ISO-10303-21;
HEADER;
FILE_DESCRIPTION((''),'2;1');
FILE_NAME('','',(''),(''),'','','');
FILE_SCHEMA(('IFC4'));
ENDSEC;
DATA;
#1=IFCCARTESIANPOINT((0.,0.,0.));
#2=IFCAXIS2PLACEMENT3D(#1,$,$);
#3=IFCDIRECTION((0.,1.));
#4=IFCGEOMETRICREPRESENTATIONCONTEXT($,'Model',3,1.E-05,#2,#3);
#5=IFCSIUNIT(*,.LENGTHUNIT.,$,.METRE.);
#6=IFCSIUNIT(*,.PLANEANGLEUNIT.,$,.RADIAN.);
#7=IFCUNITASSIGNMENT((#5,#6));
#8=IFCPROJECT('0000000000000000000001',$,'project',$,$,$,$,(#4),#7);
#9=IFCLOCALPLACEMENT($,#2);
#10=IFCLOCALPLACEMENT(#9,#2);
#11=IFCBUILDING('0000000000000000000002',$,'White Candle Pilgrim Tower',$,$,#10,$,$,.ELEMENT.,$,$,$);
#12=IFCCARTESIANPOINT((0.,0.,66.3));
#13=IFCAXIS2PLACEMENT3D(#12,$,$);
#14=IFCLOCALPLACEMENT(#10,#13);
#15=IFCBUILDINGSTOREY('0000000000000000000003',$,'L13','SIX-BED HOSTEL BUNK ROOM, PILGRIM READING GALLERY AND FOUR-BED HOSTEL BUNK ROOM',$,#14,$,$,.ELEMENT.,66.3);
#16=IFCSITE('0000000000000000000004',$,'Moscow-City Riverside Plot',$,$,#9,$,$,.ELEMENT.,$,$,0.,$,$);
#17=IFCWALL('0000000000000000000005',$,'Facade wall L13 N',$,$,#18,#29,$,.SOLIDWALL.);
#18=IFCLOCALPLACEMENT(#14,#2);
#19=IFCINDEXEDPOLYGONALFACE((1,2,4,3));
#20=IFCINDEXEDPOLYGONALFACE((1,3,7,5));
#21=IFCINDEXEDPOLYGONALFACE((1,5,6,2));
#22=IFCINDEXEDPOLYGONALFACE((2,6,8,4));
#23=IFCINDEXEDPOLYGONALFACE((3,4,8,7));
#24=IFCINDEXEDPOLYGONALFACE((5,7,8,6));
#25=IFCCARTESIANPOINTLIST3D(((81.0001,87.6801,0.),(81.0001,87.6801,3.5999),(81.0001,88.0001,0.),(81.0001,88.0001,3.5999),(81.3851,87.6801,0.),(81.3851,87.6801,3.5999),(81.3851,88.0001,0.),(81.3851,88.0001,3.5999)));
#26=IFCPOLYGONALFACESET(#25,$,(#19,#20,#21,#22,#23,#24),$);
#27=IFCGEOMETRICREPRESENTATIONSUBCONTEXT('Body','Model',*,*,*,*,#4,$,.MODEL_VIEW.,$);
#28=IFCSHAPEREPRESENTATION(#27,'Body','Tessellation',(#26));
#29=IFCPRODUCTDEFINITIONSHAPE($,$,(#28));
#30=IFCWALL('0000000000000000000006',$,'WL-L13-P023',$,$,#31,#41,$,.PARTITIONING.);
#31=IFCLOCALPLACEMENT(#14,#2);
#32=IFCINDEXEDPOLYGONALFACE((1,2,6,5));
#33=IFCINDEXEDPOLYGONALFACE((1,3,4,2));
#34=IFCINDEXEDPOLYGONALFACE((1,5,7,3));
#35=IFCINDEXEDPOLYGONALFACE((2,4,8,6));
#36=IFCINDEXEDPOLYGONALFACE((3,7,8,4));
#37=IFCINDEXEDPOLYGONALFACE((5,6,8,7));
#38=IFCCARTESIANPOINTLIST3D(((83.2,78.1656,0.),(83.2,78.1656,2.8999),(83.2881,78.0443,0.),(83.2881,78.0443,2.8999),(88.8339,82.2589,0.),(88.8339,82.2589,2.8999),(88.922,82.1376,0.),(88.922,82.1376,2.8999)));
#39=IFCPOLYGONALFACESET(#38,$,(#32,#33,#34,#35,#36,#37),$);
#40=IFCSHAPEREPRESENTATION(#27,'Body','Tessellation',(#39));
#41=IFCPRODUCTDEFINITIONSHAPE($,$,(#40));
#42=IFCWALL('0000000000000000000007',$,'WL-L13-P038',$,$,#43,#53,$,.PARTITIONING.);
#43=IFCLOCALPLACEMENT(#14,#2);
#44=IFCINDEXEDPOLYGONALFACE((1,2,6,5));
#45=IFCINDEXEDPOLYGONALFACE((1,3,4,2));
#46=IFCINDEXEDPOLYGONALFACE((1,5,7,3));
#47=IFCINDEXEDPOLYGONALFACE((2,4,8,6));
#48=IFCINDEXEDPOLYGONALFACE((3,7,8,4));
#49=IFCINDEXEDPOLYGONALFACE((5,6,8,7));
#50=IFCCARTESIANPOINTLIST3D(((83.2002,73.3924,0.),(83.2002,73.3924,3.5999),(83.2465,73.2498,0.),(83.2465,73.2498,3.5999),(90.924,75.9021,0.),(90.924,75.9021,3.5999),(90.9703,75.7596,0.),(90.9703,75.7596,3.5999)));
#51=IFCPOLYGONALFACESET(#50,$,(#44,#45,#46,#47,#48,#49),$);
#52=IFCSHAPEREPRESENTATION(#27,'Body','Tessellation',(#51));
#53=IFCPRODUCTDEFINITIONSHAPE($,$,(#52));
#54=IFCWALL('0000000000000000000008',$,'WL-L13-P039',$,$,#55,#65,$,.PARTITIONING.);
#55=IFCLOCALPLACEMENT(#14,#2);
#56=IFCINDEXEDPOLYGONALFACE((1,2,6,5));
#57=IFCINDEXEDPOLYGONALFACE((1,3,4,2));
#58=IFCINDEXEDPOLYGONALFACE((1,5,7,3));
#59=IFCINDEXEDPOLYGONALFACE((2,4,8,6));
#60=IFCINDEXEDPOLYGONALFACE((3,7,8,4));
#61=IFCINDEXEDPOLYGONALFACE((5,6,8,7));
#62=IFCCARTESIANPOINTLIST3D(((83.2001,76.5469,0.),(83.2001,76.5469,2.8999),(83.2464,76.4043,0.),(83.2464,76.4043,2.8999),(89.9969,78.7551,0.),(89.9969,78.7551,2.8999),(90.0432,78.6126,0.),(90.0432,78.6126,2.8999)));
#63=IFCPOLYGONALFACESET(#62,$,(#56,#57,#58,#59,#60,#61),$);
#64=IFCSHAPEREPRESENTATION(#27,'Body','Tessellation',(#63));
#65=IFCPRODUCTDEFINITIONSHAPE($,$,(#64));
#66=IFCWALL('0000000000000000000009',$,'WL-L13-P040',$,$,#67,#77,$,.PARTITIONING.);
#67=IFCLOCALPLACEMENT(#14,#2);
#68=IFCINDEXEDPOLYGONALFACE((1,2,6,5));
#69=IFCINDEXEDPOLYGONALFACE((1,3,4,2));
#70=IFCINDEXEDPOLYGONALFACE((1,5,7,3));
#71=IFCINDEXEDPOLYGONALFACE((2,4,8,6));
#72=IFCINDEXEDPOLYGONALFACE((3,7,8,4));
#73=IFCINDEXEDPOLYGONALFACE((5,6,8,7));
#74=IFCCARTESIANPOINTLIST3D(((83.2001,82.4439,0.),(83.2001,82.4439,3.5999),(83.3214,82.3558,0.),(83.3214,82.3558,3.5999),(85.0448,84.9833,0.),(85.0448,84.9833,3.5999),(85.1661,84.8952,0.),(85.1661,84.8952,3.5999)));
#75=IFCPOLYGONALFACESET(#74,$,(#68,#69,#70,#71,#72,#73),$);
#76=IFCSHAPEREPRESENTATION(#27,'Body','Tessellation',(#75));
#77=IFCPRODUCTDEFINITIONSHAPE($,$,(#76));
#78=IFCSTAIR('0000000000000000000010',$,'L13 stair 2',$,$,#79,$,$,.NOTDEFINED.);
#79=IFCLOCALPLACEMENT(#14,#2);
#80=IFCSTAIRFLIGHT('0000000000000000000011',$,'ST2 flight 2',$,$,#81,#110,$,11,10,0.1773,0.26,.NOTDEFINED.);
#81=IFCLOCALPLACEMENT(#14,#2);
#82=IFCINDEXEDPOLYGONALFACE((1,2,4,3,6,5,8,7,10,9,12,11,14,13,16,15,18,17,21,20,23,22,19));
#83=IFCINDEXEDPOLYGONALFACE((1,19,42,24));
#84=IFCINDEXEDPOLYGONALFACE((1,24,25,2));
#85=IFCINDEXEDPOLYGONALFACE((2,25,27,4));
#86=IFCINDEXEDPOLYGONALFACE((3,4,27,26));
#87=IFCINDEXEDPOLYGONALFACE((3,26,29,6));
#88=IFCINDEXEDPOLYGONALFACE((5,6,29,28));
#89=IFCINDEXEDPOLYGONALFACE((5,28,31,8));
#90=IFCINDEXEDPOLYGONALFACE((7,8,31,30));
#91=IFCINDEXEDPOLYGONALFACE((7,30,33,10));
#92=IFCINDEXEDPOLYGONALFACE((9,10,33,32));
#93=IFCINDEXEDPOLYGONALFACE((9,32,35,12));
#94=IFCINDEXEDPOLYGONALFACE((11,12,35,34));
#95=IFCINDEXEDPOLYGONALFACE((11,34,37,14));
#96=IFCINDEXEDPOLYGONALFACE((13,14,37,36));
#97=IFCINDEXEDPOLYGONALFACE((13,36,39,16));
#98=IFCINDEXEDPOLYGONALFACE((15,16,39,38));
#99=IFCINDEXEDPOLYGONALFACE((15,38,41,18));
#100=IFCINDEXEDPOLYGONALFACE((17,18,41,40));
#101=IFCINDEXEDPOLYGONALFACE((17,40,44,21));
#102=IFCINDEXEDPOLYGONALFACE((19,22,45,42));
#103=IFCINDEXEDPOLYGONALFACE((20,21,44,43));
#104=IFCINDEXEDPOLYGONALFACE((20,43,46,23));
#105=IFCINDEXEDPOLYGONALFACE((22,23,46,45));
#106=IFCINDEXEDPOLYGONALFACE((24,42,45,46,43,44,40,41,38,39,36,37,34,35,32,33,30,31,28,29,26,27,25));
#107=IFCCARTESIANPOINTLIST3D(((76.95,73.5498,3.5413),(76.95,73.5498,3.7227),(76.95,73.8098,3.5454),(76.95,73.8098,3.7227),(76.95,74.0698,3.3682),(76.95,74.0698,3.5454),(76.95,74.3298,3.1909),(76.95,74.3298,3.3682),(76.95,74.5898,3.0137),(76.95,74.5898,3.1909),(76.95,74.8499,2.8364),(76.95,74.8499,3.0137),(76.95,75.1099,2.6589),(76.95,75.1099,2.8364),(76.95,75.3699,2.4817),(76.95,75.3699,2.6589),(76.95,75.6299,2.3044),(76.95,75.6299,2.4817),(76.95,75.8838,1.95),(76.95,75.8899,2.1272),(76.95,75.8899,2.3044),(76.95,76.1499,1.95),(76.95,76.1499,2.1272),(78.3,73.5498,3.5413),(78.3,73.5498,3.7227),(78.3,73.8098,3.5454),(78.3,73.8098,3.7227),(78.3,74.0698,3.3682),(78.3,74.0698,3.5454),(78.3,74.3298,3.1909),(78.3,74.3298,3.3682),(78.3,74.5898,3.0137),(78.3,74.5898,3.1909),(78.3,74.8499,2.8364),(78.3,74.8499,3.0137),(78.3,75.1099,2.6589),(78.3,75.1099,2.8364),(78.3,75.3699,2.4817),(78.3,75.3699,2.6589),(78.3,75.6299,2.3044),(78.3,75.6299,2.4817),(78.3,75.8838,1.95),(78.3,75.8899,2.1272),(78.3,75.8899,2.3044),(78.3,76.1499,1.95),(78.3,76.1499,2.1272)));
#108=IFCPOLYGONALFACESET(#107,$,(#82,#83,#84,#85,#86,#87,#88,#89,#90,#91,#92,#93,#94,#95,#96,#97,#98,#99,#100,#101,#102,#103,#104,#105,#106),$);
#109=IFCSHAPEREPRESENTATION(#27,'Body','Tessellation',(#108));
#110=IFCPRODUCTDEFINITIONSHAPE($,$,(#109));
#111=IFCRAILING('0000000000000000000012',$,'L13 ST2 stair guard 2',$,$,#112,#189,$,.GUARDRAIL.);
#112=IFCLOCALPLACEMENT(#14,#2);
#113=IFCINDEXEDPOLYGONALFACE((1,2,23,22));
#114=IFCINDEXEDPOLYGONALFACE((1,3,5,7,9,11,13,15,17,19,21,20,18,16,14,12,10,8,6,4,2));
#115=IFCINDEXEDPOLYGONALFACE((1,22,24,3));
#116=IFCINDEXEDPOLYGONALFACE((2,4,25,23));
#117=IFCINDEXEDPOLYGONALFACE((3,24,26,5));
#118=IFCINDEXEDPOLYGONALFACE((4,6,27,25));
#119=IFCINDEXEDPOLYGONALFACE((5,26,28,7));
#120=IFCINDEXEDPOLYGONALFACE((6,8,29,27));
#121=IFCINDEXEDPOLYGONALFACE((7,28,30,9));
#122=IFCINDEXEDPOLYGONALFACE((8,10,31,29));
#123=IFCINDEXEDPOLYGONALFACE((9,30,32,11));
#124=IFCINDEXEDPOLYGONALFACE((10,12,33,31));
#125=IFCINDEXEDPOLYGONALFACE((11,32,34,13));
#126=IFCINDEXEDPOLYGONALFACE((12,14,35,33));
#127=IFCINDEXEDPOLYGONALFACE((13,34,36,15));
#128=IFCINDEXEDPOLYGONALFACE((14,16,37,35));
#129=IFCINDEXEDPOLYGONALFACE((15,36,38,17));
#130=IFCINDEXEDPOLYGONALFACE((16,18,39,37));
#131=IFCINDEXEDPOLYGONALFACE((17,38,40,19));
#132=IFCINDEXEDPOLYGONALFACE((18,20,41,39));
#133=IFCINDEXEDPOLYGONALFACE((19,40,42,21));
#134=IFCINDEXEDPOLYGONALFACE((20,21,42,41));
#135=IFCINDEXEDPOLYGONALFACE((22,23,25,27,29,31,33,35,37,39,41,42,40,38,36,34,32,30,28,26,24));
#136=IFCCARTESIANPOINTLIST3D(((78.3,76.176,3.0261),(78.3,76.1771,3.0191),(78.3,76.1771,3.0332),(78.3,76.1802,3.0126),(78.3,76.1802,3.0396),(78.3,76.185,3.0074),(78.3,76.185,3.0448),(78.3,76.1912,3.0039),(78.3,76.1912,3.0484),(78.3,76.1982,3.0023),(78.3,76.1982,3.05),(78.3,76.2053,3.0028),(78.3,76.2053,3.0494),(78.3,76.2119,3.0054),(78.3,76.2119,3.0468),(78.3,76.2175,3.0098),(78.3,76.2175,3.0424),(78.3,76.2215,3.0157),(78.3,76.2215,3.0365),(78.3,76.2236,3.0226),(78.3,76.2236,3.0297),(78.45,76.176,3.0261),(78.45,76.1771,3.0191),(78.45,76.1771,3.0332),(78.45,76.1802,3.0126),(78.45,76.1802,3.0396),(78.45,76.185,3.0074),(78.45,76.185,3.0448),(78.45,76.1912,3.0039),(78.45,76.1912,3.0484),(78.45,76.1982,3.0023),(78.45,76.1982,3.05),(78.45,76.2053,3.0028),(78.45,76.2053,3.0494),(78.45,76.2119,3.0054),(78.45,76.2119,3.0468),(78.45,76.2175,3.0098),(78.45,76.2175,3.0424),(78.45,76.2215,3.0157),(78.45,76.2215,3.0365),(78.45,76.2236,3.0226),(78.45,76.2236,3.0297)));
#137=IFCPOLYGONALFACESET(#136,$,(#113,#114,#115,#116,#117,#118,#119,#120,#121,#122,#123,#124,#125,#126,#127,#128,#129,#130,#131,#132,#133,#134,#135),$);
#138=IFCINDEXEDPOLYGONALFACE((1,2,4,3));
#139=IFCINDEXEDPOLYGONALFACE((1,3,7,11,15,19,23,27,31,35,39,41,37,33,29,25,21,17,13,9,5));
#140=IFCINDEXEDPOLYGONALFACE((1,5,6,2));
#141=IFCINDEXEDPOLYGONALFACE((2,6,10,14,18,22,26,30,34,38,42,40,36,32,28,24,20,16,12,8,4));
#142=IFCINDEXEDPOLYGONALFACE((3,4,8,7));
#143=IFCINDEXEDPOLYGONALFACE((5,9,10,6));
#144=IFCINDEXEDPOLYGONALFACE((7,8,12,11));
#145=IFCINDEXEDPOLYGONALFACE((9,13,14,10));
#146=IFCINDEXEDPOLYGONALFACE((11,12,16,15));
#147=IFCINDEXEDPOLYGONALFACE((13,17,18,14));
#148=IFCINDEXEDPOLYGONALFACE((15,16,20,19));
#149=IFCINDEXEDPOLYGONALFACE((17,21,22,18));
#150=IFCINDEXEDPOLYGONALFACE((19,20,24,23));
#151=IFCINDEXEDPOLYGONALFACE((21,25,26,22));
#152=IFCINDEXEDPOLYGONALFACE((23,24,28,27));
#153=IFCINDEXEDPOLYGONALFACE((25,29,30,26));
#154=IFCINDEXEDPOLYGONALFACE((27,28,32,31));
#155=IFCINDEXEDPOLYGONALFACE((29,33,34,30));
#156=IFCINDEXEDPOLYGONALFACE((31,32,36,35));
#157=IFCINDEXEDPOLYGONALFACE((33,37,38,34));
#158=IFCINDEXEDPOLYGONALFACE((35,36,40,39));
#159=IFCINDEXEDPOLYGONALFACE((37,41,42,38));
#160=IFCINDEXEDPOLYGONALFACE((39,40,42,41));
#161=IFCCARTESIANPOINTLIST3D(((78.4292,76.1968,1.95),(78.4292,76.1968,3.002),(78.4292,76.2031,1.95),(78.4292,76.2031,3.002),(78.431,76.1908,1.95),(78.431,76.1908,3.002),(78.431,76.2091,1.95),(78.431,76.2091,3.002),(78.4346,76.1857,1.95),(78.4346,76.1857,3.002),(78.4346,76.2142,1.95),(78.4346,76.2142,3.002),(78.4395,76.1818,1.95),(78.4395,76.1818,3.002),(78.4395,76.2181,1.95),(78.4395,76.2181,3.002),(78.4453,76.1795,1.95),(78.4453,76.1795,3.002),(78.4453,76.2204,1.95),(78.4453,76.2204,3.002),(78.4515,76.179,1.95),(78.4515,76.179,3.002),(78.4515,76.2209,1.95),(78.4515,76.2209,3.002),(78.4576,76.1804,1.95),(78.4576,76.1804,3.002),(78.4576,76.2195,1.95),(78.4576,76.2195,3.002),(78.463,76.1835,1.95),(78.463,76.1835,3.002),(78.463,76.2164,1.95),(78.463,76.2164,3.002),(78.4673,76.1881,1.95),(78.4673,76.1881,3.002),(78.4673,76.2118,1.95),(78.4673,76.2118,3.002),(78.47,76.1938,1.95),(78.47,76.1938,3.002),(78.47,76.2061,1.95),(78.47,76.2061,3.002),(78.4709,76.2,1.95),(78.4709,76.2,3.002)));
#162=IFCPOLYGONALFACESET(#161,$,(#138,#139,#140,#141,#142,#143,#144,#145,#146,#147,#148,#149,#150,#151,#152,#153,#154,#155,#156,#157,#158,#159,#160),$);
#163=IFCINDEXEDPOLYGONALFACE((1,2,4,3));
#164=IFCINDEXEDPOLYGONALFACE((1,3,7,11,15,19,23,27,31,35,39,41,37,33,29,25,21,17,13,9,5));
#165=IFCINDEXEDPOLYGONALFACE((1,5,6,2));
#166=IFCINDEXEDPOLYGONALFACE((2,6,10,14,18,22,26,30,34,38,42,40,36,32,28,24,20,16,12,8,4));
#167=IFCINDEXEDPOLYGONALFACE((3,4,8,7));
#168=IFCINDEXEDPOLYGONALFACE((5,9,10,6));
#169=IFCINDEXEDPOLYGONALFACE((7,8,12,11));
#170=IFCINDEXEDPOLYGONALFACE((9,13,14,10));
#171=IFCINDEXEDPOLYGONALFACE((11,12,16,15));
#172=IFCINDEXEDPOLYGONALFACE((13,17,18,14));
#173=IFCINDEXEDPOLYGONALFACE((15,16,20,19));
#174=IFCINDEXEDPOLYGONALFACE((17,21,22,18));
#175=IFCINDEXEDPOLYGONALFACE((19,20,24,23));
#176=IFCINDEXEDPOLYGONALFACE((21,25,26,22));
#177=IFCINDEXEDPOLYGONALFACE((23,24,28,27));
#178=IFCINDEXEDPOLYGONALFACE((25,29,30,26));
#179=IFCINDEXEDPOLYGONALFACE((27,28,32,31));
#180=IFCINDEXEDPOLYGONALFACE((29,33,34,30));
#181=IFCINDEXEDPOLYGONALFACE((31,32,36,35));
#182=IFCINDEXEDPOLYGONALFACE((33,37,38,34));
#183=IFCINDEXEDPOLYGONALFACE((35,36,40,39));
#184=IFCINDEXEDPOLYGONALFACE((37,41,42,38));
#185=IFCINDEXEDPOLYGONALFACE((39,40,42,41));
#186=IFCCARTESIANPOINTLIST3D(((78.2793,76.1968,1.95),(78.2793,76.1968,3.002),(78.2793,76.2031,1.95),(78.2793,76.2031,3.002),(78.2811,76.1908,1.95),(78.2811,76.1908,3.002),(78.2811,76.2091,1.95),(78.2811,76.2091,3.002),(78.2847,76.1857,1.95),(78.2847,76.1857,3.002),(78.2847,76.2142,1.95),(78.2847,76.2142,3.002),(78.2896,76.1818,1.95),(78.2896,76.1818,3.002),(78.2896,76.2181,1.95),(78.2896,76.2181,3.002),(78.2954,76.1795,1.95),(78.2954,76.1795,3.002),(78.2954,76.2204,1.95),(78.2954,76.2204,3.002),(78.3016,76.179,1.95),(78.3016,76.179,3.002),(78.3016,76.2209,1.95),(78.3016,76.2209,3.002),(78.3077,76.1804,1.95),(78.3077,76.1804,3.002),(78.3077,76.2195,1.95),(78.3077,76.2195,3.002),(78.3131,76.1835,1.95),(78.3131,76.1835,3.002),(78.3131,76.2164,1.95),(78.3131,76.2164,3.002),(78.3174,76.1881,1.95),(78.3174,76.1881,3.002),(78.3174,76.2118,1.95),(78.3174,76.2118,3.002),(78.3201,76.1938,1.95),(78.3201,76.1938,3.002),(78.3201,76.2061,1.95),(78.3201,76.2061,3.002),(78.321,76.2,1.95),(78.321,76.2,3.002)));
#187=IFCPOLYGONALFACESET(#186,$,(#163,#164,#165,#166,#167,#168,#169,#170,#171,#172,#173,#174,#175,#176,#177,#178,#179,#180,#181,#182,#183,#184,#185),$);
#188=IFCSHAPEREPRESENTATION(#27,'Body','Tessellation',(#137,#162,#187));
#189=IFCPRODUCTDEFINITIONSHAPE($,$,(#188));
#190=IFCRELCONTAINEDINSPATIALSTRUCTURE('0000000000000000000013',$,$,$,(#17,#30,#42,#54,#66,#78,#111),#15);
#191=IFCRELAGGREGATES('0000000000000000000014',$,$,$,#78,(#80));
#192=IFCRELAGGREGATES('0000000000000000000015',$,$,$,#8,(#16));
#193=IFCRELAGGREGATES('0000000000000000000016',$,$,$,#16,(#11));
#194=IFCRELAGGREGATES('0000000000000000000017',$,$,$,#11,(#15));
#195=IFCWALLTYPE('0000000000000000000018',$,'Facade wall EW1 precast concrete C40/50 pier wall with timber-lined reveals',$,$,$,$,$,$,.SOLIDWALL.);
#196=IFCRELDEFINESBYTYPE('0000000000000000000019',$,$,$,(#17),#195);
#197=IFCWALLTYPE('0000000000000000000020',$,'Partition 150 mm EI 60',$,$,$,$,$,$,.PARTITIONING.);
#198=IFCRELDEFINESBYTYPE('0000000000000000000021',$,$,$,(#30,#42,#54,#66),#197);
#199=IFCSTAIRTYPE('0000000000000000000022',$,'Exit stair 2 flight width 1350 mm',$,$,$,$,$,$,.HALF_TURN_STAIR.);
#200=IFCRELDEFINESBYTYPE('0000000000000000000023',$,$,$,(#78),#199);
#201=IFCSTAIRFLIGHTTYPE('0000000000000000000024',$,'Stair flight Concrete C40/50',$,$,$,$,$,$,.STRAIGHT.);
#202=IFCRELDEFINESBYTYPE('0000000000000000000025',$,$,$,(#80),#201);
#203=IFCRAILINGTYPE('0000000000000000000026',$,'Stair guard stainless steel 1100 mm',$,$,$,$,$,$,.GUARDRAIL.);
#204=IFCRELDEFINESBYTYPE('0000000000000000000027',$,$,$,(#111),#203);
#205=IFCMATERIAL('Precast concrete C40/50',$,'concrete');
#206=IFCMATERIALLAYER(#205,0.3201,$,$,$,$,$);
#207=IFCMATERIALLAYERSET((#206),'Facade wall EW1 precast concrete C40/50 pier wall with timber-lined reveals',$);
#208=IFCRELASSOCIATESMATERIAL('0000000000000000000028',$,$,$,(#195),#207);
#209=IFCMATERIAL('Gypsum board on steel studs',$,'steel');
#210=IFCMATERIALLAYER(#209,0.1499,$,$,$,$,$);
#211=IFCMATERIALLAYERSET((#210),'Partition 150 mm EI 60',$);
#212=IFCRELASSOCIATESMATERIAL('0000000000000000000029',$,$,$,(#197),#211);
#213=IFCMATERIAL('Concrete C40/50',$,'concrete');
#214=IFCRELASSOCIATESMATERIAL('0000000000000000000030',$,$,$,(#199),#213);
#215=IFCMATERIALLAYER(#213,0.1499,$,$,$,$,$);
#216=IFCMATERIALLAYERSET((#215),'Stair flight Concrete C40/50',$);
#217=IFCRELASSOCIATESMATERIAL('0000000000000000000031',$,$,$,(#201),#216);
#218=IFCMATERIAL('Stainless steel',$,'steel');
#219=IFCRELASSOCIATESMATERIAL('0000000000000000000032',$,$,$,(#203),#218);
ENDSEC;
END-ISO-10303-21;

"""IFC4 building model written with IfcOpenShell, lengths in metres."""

from ifc_helpers import new_model, si_unit, direction, frame, frame_2d, origin, origin_2d, place, context, subcontext, project, spatial, polyline, rectangle, circle, outline, extrude, material, layer, layer_set, type_object, element, aggregate, save


model = new_model("IFC4")

# Units and contexts
model_context = context("Model", 3, precision=1e-05, world=origin(), true_north=direction((0.0, 1.0)))
body_context = subcontext(model_context, "Body", "Model", "MODEL_VIEW")
ifc_project = project(units=[si_unit("LENGTHUNIT", "METRE"), si_unit("PLANEANGLEUNIT", "RADIAN")], contexts=[model_context])

# Site, building, storey
site_placement = place(None, origin())
site = spatial("IfcSite", under=ifc_project, at=site_placement, Name="Moscow-City Riverside Plot", CompositionType="ELEMENT", RefElevation=0.0)
building_placement = place(site_placement, origin())
building = spatial("IfcBuilding", under=site, at=building_placement, Name="White Candle Pilgrim Tower", CompositionType="ELEMENT")
storey_placement = place(building_placement, frame((0.0, 0.0, 66.3)))
storey = spatial("IfcBuildingStorey", under=building, at=storey_placement, Name="L13", Description="SIX-BED HOSTEL BUNK ROOM, PILGRIM READING GALLERY AND FOUR-BED HOSTEL BUNK ROOM", CompositionType="ELEMENT", Elevation=66.3)

# Shared definitions
ifc_material_1 = material(Name="Gypsum board on steel studs", Category="steel")

# Shared definitions
ifc_material_2 = material(Name="Precast concrete C40/50", Category="concrete")
ifc_layer_1 = layer(ifc_material_2, 0.3201)
ifc_layer_set_1 = layer_set([ifc_layer_1], Name="Facade wall EW1 precast concrete C40/50 pier wall with timber-lined reveals")
wall_type_1 = type_object("IfcWallType", Name="Facade wall EW1 precast concrete C40/50 pier wall with timber-lined reveals", PredefinedType="SOLIDWALL", material=ifc_layer_set_1)

# Walls
wall_1_placement = place(storey_placement, frame((81.385, 87.8401, 0.0), z_axis=(0.0, 0.0, 1.0), x_axis=(-1.0, 0.0, 0.0)))
element("IfcWall", 1, at=wall_1_placement, inside=storey, type_object=wall_type_1, Name="Facade wall L13 N", PredefinedType="SOLIDWALL", context=body_context, shape_type="SweptSolid", body=[
    extrude(rectangle(XDim=0.385, YDim=0.3201, at=frame_2d((0.1924, 0.0))), origin(), (0.0, 0.0, 1.0), 3.5999),
])
ifc_layer_2 = layer(ifc_material_1, 0.1499)
ifc_layer_set_2 = layer_set([ifc_layer_2], Name="Partition 150 mm EI 60")
wall_type_2 = type_object("IfcWallType", Name="Partition 150 mm EI 60", PredefinedType="PARTITIONING", material=ifc_layer_set_2)
wall_2_placement = place(storey_placement, frame((88.8779, 82.1982, 0.0), z_axis=(0.0, 0.0, 1.0), x_axis=(-0.809012, -0.587792, 0.0)))
element("IfcWall", 2, at=wall_2_placement, inside=storey, type_object=wall_type_2, Name="WL-L13-P023", PredefinedType="PARTITIONING", context=body_context, shape_type="SweptSolid", body=[
    extrude(rectangle(XDim=6.9639, YDim=0.1499, at=frame_2d((3.4819, 0.0))), origin(), (0.0, 0.0, 1.0), 2.8999),
])
wall_3_placement = place(storey_placement, frame((90.947, 75.8308, 0.0), z_axis=(0.0, 0.0, 1.0), x_axis=(-0.951052, -0.309031, 0.0)))
element("IfcWall", 3, at=wall_3_placement, inside=storey, type_object=wall_type_2, Name="WL-L13-P038", PredefinedType="PARTITIONING", context=body_context, shape_type="SweptSolid", body=[
    extrude(rectangle(XDim=8.1213, YDim=0.1499, at=frame_2d((4.0605, 0.0))), origin(), (0.0, 0.0, 1.0), 3.5999),
])
wall_4_placement = place(storey_placement, frame((90.02, 78.6838, 0.0), z_axis=(0.0, 0.0, 1.0), x_axis=(-0.951064, -0.308993, 0.0)))
element("IfcWall", 4, at=wall_4_placement, inside=storey, type_object=wall_type_2, Name="WL-L13-P039", PredefinedType="PARTITIONING", context=body_context, shape_type="SweptSolid", body=[
    extrude(rectangle(XDim=7.1465, YDim=0.1499, at=frame_2d((3.5732, 0.0))), origin(), (0.0, 0.0, 1.0), 2.8999),
])
wall_5_placement = place(storey_placement, frame((85.1055, 84.9392, 0.0), z_axis=(0.0, 0.0, 1.0), x_axis=(-0.587746, -0.809045, 0.0)))
element("IfcWall", 5, at=wall_5_placement, inside=storey, type_object=wall_type_2, Name="WL-L13-P040", PredefinedType="PARTITIONING", context=body_context, shape_type="SweptSolid", body=[
    extrude(rectangle(XDim=3.1387, YDim=0.1499, at=frame_2d((1.5693, 0.0))), origin(), (0.0, 0.0, 1.0), 3.5999),
])

# Stair, stair flight
ifc_material_3 = material(Name="Concrete C40/50", Category="concrete")
stair_type = type_object("IfcStairType", Name="Exit stair 2 flight width 1350 mm", PredefinedType="HALF_TURN_STAIR", material=ifc_material_3)
stair_placement = place(storey_placement, origin())
stair = element("IfcStair", 6, at=stair_placement, inside=storey, type_object=stair_type, Name="L13 stair 2", PredefinedType="NOTDEFINED")
ifc_layer_3 = layer(ifc_material_3, 0.1499)
ifc_layer_set_3 = layer_set([ifc_layer_3], Name="Stair flight Concrete C40/50")
stair_flight_type = type_object("IfcStairFlightType", Name="Stair flight Concrete C40/50", PredefinedType="STRAIGHT", material=ifc_layer_set_3)
stair_flight_placement = place(storey_placement, frame((77.625, 76.1499, 1.95), z_axis=(0.0, 0.0, 1.0), x_axis=(0.0, -1.0, 0.0)))
stair_flight = element("IfcStairFlight", 7, at=stair_flight_placement, type_object=stair_flight_type, Name="ST2 flight 2", NumberOfRisers=11, NumberOfTreads=10, PredefinedType="NOTDEFINED", RiserHeight=0.1773, TreadLength=0.26, context=body_context, shape_type="SweptSolid", body=[
    extrude(outline(polyline([(0.0, 0.0), (0.0, 0.1772), (0.26, 0.1772), (0.26, 0.3545), (0.52, 0.3545), (0.52, 0.5317), (0.78, 0.5317), (0.78, 0.709), (1.04, 0.709), (1.04, 0.8865), (1.3, 0.8865), (1.3, 1.0637), (1.5601, 1.0637), (1.5601, 1.241), (1.8201, 1.241), (1.8201, 1.4182), (2.0801, 1.4182), (2.0801, 1.5955), (2.3401, 1.5955), (2.3401, 1.7727), (2.6001, 1.7727), (2.6001, 1.95), (2.6001, 1.5913), (0.2661, 0.0), (0.0, 0.0)])), frame((0.0, 0.675, 0.0), z_axis=(0.0, -1.0, 0.0), x_axis=(1.0, 0.0, 0.0)), (0.0, 0.0, 1.0), 1.3501),
])
aggregate(stair, [stair_flight])

# Railing
ifc_material_4 = material(Name="Stainless steel", Category="steel")
railing_type = type_object("IfcRailingType", Name="Stair guard stainless steel 1100 mm", PredefinedType="GUARDRAIL", material=ifc_material_4)
railing_1_placement = place(storey_placement, frame((78.45, 76.2, 1.95)))
element("IfcRailing", 8, at=railing_1_placement, inside=storey, type_object=railing_type, Name="L13 ST2 stair guard 2", PredefinedType="GUARDRAIL", context=body_context, shape_type="SweptSolid", body=[
    extrude(circle(Radius=0.0239, at=origin_2d()), frame((0.0, 0.0, 1.0762), z_axis=(-1.0, 0.0, 0.0), x_axis=(0.0, -1.0, 0.0)), (0.0, 0.0, 1.0), 0.1499),
    extrude(circle(Radius=0.021, at=origin_2d()), origin(), (0.0, 0.0, 1.0), 1.052),
    extrude(circle(Radius=0.021, at=origin_2d()), frame((-0.1499, 0.0, 0.0)), (0.0, 0.0, 1.0), 1.052),
])

save(model, "model.ifc")
